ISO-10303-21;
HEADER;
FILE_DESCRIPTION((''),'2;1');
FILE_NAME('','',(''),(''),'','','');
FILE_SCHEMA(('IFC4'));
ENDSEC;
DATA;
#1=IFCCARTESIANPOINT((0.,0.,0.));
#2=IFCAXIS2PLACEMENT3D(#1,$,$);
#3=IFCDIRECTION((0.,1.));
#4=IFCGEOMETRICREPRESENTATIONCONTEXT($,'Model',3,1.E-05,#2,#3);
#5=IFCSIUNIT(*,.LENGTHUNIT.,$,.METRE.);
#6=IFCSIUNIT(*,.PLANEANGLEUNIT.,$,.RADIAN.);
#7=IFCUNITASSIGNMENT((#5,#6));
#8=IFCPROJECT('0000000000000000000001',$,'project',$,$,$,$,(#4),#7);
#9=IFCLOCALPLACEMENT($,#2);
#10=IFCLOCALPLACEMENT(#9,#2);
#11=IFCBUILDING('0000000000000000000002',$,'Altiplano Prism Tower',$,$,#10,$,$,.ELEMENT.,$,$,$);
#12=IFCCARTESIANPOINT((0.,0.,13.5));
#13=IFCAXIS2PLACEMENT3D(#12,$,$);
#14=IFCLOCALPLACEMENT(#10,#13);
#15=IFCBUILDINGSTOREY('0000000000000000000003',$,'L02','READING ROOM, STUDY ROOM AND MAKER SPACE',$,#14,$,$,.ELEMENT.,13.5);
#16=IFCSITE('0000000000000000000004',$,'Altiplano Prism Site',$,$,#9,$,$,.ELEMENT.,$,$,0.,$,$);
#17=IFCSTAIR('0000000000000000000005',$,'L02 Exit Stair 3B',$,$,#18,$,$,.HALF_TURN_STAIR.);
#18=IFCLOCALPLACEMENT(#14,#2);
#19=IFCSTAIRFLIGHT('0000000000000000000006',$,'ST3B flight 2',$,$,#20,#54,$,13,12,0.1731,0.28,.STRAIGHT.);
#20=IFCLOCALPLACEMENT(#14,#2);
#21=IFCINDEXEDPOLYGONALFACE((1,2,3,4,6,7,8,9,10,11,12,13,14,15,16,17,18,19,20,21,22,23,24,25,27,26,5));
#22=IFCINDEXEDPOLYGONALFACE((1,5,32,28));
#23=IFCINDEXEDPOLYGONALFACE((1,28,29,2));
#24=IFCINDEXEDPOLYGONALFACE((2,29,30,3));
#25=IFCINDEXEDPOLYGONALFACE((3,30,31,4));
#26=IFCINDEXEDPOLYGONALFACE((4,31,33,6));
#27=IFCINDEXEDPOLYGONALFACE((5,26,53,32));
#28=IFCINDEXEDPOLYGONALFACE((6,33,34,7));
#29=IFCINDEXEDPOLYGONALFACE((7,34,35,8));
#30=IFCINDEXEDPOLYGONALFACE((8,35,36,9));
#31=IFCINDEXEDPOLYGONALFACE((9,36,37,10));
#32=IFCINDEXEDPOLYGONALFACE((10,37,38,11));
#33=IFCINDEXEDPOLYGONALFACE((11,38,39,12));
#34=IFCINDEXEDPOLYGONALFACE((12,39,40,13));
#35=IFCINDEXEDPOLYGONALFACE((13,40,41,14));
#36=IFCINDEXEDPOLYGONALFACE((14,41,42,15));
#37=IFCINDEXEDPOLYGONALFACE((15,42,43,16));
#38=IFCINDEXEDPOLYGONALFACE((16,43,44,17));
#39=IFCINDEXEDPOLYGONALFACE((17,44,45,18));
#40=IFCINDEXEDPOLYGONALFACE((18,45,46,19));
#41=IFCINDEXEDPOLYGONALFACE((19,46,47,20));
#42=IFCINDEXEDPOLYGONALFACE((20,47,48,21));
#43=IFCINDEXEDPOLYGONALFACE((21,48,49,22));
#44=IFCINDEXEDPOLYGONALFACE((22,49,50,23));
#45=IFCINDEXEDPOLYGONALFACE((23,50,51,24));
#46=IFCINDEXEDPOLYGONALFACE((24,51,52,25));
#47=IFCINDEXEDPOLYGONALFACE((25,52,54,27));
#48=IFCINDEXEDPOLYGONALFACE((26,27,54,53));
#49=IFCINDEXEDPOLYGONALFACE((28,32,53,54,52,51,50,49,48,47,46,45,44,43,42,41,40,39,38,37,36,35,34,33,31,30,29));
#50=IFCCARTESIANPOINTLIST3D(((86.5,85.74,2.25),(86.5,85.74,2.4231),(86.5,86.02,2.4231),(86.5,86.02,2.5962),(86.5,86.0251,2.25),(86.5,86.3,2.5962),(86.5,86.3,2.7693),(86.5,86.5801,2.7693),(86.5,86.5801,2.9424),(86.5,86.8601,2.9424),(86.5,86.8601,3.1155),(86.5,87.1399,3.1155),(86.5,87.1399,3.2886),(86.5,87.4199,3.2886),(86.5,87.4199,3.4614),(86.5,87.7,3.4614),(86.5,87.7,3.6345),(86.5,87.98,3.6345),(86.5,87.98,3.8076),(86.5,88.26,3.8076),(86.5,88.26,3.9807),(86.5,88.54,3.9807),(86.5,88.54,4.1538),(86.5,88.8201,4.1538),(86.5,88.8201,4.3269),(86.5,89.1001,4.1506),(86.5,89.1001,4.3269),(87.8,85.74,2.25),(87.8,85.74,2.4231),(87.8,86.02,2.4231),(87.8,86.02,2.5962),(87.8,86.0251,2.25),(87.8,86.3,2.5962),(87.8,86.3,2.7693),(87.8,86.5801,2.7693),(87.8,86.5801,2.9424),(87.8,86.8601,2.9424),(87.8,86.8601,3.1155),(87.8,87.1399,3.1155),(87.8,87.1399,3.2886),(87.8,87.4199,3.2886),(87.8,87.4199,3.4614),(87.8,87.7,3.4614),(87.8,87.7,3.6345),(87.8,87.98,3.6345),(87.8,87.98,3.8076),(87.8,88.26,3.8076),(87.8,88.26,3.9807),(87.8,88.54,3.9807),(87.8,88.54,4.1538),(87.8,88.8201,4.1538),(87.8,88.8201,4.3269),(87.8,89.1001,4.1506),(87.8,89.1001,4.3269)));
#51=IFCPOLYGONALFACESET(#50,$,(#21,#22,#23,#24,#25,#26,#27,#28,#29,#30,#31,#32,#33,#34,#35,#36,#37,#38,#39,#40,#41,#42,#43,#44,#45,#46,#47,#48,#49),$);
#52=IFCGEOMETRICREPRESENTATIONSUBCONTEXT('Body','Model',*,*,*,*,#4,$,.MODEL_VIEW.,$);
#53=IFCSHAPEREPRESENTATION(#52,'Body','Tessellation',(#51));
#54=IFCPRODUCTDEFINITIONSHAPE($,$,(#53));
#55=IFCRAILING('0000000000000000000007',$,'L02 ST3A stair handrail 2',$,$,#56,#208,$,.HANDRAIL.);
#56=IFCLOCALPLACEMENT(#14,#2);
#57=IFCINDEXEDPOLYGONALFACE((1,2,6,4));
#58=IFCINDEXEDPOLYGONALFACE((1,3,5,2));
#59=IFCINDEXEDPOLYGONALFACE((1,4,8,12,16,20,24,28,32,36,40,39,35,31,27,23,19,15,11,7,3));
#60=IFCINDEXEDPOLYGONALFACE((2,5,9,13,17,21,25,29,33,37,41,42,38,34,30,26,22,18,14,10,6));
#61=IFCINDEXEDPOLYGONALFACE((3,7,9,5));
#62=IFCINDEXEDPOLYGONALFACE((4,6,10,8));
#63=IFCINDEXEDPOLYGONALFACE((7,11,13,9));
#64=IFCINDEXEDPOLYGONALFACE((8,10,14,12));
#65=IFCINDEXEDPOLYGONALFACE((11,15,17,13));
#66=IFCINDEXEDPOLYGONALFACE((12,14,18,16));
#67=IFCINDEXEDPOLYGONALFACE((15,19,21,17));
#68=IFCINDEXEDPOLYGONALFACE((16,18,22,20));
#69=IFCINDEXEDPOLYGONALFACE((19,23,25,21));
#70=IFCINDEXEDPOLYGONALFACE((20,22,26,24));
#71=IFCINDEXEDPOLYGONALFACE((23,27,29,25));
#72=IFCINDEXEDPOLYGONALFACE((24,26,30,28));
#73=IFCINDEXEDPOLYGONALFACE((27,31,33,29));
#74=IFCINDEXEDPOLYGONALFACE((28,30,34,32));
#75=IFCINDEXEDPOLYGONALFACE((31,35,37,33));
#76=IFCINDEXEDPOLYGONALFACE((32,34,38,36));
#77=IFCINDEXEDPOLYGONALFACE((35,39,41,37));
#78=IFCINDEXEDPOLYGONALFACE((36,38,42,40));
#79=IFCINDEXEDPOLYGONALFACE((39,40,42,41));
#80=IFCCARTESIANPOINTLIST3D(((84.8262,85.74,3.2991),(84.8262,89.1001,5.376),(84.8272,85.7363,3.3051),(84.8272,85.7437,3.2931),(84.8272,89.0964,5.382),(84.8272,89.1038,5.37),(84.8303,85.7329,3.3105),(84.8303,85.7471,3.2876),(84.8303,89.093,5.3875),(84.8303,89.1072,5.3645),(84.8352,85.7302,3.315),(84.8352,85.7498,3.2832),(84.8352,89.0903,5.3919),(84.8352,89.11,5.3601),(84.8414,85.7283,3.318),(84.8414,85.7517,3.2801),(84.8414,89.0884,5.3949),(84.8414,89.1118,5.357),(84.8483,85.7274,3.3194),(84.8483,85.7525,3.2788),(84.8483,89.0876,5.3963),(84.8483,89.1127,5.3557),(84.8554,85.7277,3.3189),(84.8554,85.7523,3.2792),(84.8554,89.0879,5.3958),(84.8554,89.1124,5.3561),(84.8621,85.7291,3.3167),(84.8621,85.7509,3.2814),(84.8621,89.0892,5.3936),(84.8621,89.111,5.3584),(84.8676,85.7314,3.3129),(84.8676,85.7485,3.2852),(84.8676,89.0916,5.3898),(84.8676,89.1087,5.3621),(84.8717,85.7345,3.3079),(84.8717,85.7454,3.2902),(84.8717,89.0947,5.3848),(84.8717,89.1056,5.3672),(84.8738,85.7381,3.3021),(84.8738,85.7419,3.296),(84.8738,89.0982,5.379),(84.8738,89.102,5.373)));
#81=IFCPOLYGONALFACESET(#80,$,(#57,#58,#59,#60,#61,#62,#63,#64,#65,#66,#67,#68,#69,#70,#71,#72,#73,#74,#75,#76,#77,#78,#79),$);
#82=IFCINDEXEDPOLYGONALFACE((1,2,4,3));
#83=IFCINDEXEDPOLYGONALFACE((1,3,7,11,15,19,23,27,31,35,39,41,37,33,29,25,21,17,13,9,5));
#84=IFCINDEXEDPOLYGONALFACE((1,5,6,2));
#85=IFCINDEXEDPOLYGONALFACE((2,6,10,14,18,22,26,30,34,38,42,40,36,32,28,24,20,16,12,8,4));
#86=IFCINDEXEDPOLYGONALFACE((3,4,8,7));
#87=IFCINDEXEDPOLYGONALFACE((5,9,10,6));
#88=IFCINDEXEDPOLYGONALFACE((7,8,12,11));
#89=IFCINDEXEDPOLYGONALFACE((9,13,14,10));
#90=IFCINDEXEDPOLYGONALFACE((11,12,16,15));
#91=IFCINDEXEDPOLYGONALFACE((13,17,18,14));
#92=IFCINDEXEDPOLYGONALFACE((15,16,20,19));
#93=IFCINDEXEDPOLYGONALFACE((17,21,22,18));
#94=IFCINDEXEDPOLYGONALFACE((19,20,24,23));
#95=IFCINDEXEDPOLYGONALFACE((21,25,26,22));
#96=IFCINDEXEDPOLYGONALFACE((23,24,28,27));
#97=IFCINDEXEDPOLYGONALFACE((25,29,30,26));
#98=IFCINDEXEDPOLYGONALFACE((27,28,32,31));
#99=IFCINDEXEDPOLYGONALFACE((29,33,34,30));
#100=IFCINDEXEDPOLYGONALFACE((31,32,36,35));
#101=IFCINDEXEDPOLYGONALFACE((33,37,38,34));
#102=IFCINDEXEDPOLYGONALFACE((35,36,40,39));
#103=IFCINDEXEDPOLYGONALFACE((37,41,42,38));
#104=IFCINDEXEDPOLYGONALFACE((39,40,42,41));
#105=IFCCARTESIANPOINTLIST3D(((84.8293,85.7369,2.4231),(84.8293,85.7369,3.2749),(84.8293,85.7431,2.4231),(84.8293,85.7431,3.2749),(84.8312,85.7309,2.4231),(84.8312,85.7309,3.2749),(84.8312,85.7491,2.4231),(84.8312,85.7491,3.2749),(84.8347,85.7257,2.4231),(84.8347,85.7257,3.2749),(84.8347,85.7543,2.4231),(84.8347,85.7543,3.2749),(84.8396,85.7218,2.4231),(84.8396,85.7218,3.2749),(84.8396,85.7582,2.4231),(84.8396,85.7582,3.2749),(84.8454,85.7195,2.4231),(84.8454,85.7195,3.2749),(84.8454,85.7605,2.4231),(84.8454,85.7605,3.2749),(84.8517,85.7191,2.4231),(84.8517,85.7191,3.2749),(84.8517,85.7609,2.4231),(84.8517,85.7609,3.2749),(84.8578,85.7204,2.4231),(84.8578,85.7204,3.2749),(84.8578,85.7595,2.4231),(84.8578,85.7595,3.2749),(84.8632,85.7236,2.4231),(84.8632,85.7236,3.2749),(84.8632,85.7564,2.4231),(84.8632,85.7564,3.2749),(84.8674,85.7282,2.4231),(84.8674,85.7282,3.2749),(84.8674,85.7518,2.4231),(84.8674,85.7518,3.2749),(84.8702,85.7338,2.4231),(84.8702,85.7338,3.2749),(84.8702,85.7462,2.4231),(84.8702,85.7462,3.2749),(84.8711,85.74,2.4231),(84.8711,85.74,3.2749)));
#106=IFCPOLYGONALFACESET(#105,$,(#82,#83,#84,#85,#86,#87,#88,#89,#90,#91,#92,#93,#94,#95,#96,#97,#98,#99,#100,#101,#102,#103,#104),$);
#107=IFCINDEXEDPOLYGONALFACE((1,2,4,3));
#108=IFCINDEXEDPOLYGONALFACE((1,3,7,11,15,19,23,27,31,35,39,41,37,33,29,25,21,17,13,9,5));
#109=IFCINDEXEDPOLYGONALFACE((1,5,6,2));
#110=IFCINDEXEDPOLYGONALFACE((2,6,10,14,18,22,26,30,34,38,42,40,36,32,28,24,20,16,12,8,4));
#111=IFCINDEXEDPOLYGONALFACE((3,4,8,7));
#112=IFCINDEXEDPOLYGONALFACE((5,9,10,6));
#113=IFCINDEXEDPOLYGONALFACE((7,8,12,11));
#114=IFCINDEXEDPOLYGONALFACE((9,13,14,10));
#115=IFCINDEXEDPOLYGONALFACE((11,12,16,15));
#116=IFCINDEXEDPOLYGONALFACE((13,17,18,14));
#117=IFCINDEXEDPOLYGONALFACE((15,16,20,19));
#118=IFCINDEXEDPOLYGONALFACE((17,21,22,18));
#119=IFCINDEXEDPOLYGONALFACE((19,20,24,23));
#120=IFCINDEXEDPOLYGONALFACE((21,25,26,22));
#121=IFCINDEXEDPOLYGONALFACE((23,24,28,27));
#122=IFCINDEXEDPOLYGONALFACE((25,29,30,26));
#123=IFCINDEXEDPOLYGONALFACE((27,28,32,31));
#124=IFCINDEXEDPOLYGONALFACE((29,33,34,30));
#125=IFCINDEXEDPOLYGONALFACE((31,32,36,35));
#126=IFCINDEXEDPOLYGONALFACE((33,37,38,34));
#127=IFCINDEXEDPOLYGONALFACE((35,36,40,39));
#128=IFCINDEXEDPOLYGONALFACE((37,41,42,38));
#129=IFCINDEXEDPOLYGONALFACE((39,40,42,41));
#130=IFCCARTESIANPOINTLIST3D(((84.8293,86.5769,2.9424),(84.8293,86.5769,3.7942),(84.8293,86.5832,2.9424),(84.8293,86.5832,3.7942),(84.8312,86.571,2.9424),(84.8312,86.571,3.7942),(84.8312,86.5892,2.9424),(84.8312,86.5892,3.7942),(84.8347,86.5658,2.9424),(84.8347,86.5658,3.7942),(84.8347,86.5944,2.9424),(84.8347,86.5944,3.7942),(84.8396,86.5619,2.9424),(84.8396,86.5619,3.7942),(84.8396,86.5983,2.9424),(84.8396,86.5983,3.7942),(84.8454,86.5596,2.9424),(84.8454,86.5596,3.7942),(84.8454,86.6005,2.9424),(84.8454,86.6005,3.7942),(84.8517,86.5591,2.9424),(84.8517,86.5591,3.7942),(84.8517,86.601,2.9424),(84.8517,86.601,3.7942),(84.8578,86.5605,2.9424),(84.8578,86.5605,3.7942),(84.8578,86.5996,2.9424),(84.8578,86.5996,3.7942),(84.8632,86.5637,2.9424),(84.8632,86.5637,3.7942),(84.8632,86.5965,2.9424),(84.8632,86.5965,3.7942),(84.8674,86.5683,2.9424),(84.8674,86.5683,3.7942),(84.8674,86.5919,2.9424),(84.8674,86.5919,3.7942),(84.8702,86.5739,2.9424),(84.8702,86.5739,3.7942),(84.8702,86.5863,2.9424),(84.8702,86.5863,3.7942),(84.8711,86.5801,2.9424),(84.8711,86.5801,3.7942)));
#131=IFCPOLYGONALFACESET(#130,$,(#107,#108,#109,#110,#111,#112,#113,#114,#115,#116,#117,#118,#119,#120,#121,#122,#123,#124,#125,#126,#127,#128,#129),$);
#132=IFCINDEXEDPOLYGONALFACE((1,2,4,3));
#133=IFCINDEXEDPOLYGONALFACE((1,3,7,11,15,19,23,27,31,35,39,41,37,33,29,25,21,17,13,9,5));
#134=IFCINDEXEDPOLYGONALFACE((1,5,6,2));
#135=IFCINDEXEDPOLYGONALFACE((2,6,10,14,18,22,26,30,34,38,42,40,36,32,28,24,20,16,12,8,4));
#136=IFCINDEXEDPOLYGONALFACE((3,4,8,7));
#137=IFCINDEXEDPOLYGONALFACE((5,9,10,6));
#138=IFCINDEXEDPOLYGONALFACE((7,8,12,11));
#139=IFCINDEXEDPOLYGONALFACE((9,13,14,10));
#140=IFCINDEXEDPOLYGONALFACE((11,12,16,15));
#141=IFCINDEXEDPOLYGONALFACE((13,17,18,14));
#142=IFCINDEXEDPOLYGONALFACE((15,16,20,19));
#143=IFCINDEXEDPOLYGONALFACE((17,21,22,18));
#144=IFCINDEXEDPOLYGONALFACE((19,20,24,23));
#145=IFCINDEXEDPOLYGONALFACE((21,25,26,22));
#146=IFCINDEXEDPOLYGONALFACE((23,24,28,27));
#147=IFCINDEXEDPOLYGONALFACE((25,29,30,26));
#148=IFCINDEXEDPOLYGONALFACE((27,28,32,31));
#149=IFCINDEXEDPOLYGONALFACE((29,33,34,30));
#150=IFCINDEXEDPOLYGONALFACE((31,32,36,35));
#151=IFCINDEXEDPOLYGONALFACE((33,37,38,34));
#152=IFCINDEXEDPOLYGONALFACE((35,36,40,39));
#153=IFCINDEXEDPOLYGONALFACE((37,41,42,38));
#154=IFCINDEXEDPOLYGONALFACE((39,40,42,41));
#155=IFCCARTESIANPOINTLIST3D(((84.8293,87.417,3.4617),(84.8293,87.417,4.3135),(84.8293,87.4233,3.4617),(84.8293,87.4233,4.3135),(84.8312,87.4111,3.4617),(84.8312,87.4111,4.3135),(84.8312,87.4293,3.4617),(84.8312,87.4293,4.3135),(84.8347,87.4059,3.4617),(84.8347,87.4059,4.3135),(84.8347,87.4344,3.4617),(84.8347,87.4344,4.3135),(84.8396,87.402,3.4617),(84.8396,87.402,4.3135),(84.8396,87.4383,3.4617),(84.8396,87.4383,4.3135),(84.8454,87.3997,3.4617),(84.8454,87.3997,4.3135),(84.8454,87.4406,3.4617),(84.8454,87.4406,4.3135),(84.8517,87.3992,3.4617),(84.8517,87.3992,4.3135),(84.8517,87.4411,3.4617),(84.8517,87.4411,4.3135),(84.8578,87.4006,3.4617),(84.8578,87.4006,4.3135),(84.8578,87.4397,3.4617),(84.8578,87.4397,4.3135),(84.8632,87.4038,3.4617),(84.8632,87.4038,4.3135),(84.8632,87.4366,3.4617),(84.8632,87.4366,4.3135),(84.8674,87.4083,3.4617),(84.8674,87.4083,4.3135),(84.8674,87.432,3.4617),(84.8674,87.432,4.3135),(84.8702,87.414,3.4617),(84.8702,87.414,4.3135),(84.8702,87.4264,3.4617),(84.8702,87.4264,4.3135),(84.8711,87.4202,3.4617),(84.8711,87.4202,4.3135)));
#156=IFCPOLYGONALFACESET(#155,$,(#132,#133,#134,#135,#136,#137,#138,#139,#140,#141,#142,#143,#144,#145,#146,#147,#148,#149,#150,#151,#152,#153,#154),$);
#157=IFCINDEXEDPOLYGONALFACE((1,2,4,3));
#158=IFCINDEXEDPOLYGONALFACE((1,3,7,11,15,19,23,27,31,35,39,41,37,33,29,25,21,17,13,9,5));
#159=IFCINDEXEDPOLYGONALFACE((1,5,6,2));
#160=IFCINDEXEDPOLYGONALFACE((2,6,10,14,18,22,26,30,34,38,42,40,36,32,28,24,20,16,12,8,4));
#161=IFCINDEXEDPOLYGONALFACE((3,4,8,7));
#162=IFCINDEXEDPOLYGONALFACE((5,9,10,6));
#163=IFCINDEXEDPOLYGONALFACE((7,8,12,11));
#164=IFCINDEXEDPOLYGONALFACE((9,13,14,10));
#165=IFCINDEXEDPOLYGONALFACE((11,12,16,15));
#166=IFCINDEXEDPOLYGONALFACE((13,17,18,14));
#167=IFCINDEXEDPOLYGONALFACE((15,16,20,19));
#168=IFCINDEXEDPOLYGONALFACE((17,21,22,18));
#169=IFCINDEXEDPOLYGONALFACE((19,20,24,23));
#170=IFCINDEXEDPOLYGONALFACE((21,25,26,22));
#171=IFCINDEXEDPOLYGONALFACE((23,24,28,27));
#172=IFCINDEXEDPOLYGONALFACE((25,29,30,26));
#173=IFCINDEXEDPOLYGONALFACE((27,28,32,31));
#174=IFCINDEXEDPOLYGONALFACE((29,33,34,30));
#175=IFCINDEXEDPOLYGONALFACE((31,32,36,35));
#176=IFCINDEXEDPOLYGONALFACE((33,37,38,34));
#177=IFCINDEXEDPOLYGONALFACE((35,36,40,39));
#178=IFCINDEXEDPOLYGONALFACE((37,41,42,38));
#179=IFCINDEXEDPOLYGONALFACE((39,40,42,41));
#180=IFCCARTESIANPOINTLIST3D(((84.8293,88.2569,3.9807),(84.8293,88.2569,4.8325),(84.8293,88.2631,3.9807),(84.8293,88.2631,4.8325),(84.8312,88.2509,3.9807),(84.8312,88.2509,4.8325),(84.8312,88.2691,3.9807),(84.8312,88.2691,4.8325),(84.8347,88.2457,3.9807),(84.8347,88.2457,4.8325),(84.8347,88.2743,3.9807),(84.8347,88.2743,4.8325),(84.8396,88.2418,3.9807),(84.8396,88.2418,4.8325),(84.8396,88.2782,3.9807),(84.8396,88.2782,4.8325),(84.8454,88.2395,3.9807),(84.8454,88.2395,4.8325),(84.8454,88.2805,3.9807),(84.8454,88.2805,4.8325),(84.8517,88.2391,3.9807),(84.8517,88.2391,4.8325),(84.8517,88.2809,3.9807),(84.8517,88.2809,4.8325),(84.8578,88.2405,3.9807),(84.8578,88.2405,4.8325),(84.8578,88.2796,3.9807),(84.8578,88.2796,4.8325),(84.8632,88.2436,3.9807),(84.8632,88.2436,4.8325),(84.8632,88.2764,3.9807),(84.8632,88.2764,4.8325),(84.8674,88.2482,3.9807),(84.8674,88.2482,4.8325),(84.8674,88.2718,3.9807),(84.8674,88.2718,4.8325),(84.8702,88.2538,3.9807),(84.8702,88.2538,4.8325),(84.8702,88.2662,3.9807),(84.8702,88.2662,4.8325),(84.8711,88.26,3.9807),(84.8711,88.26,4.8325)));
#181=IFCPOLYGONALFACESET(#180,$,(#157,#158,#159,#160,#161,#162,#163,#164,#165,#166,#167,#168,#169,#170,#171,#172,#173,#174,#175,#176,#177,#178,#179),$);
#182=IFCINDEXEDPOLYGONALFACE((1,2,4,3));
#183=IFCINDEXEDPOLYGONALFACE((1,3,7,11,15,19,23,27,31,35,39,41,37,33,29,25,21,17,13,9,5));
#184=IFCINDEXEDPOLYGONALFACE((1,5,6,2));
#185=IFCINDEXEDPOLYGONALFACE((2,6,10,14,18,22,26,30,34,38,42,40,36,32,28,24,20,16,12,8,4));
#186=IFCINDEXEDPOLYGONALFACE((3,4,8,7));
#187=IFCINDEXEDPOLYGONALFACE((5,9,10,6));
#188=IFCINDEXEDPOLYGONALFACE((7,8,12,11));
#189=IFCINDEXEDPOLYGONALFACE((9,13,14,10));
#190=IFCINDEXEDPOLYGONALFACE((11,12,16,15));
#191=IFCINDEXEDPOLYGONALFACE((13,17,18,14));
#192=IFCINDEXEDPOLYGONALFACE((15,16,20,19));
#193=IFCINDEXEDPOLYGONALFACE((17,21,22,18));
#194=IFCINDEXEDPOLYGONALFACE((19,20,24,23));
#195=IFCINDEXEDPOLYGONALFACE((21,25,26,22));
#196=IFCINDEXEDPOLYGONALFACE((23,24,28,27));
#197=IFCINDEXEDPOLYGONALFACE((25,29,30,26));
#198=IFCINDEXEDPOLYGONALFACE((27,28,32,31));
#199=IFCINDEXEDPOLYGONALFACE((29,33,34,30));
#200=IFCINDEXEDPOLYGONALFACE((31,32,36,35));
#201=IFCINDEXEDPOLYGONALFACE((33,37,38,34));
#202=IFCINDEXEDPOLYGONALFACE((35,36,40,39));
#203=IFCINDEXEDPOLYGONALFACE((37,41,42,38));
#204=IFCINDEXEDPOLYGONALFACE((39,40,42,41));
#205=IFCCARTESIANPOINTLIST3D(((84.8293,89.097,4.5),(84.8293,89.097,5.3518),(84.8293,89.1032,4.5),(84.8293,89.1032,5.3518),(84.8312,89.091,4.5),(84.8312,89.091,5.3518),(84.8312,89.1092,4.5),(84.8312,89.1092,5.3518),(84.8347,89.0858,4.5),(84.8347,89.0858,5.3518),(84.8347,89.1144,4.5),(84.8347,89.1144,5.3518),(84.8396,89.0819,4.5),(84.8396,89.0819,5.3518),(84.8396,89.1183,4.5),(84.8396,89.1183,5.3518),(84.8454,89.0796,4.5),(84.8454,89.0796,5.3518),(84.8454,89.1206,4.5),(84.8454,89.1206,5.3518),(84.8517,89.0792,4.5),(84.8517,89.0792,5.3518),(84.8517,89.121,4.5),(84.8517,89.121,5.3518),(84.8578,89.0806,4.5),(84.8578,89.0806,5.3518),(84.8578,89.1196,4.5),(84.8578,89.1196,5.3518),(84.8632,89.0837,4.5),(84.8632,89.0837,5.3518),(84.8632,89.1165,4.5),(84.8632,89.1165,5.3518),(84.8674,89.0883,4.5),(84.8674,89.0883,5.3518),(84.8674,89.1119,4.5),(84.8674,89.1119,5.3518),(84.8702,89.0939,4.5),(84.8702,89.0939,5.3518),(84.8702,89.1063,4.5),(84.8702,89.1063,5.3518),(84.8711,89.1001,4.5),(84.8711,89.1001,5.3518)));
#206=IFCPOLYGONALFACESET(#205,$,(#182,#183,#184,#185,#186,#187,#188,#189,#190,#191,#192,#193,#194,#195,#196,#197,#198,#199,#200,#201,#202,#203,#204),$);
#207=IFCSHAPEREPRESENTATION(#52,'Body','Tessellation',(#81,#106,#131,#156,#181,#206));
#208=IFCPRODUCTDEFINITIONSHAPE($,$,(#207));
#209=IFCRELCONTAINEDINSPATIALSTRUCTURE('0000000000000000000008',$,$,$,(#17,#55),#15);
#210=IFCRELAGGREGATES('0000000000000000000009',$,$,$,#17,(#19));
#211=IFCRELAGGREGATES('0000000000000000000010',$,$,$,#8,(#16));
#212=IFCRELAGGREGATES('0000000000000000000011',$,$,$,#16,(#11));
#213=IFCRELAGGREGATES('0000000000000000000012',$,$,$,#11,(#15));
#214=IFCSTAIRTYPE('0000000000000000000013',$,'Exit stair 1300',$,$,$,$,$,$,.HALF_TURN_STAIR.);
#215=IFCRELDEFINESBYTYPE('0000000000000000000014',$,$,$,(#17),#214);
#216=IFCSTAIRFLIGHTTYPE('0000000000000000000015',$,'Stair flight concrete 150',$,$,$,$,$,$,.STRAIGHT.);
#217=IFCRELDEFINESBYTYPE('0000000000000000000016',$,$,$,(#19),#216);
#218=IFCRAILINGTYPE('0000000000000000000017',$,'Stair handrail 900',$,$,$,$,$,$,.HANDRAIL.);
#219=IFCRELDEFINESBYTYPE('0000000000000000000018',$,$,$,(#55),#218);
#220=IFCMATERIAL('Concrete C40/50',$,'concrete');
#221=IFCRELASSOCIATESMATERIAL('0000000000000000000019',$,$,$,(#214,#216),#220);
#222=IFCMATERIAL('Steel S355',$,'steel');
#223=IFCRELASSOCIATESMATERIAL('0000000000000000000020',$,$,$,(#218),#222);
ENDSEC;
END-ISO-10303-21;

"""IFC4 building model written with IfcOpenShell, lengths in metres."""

from ifc_helpers import new_model, si_unit, direction, frame, origin, origin_2d, place, context, subcontext, project, spatial, polyline, circle, outline, extrude, material, type_object, element, aggregate, save


model = new_model("IFC4")

# Units and contexts
model_context = context("Model", 3, precision=1e-05, world=origin(), true_north=direction((0.0, 1.0)))
body_context = subcontext(model_context, "Body", "Model", "MODEL_VIEW")
ifc_project = project(units=[si_unit("LENGTHUNIT", "METRE"), si_unit("PLANEANGLEUNIT", "RADIAN")], contexts=[model_context])

# Site, building, storey
site_placement = place(None, origin())
site = spatial("IfcSite", under=ifc_project, at=site_placement, Name="Altiplano Prism Site", CompositionType="ELEMENT", RefElevation=0.0)
building_placement = place(site_placement, origin())
building = spatial("IfcBuilding", under=site, at=building_placement, Name="Altiplano Prism Tower", CompositionType="ELEMENT")
storey_placement = place(building_placement, frame((0.0, 0.0, 13.5)))
storey = spatial("IfcBuildingStorey", under=building, at=storey_placement, Name="L02", Description="READING ROOM, STUDY ROOM AND MAKER SPACE", CompositionType="ELEMENT", Elevation=13.5)

# Shared definitions
ifc_material_1 = material(Name="Concrete C40/50", Category="concrete")
stair_type = type_object("IfcStairType", Name="Exit stair 1300", PredefinedType="HALF_TURN_STAIR", material=ifc_material_1)
stair_flight_type = type_object("IfcStairFlightType", Name="Stair flight concrete 150", PredefinedType="STRAIGHT", material=ifc_material_1)

# Stair, stair flight
stair_1_placement = place(storey_placement, origin())
stair_1 = element("IfcStair", 1, at=stair_1_placement, inside=storey, type_object=stair_type, Name="L02 Exit Stair 3B", PredefinedType="HALF_TURN_STAIR")
stair_flight_1_placement = place(storey_placement, frame((87.1499, 85.74, 2.25), z_axis=(0.0, 0.0, 1.0), x_axis=(0.0, 1.0, 0.0)))
stair_flight_1 = element("IfcStairFlight", 2, at=stair_flight_1_placement, type_object=stair_flight_type, Name="ST3B flight 2", NumberOfRisers=13, NumberOfTreads=12, PredefinedType="STRAIGHT", RiserHeight=0.1731, TreadLength=0.28, context=body_context, shape_type="SweptSolid", body=[
    extrude(outline(polyline([(0.0, 0.0), (0.0, 0.1731), (0.28, 0.1731), (0.28, 0.3462), (0.5601, 0.3462), (0.5601, 0.5193), (0.8401, 0.5193), (0.8401, 0.6924), (1.1201, 0.6924), (1.1201, 0.8655), (1.3999, 0.8655), (1.3999, 1.0386), (1.6799, 1.0386), (1.6799, 1.2114), (1.96, 1.2114), (1.96, 1.3845), (2.24, 1.3845), (2.24, 1.5576), (2.52, 1.5576), (2.52, 1.7307), (2.8, 1.7307), (2.8, 1.9038), (3.0801, 1.9038), (3.0801, 2.0769), (3.3601, 2.0769), (3.3601, 2.25), (3.3601, 1.9006), (0.2852, 0.0), (0.0, 0.0)])), frame((0.0, 0.6499, 0.0), z_axis=(0.0, -1.0, 0.0), x_axis=(1.0, 0.0, 0.0)), (0.0, 0.0, 1.0), 1.3),
])
aggregate(stair_1, [stair_flight_1])

# Railing
ifc_material_2 = material(Name="Steel S355", Category="steel")
railing_type_1 = type_object("IfcRailingType", Name="Stair handrail 900", PredefinedType="HANDRAIL", material=ifc_material_2)
railing_1_placement = place(storey_placement, frame((84.8501, 85.74, 2.4231)))
element("IfcRailing", 3, at=railing_1_placement, inside=storey, type_object=railing_type_1, Name="L02 ST3A stair handrail 2", PredefinedType="HANDRAIL", context=body_context, shape_type="SweptSolid", body=[
    extrude(circle(Radius=0.0239, at=origin_2d()), frame((0.0, 0.0, 0.876), z_axis=(0.0, 0.850623, 0.525776), x_axis=(-1.0, 0.0, 0.0)), (0.0, 0.0, 1.0), 3.9502),
    extrude(circle(Radius=0.021, at=origin_2d()), origin(), (0.0, 0.0, 1.0), 0.8518),
    extrude(circle(Radius=0.021, at=origin_2d()), frame((0.0, 0.8401, 0.5193)), (0.0, 0.0, 1.0), 0.8518),
    extrude(circle(Radius=0.021, at=origin_2d()), frame((0.0, 1.6802, 1.0386)), (0.0, 0.0, 1.0), 0.8518),
    extrude(circle(Radius=0.021, at=origin_2d()), frame((0.0, 2.52, 1.5576)), (0.0, 0.0, 1.0), 0.8518),
    extrude(circle(Radius=0.021, at=origin_2d()), frame((0.0, 3.3601, 2.0769)), (0.0, 0.0, 1.0), 0.8518),
])

save(model, "model.ifc")
